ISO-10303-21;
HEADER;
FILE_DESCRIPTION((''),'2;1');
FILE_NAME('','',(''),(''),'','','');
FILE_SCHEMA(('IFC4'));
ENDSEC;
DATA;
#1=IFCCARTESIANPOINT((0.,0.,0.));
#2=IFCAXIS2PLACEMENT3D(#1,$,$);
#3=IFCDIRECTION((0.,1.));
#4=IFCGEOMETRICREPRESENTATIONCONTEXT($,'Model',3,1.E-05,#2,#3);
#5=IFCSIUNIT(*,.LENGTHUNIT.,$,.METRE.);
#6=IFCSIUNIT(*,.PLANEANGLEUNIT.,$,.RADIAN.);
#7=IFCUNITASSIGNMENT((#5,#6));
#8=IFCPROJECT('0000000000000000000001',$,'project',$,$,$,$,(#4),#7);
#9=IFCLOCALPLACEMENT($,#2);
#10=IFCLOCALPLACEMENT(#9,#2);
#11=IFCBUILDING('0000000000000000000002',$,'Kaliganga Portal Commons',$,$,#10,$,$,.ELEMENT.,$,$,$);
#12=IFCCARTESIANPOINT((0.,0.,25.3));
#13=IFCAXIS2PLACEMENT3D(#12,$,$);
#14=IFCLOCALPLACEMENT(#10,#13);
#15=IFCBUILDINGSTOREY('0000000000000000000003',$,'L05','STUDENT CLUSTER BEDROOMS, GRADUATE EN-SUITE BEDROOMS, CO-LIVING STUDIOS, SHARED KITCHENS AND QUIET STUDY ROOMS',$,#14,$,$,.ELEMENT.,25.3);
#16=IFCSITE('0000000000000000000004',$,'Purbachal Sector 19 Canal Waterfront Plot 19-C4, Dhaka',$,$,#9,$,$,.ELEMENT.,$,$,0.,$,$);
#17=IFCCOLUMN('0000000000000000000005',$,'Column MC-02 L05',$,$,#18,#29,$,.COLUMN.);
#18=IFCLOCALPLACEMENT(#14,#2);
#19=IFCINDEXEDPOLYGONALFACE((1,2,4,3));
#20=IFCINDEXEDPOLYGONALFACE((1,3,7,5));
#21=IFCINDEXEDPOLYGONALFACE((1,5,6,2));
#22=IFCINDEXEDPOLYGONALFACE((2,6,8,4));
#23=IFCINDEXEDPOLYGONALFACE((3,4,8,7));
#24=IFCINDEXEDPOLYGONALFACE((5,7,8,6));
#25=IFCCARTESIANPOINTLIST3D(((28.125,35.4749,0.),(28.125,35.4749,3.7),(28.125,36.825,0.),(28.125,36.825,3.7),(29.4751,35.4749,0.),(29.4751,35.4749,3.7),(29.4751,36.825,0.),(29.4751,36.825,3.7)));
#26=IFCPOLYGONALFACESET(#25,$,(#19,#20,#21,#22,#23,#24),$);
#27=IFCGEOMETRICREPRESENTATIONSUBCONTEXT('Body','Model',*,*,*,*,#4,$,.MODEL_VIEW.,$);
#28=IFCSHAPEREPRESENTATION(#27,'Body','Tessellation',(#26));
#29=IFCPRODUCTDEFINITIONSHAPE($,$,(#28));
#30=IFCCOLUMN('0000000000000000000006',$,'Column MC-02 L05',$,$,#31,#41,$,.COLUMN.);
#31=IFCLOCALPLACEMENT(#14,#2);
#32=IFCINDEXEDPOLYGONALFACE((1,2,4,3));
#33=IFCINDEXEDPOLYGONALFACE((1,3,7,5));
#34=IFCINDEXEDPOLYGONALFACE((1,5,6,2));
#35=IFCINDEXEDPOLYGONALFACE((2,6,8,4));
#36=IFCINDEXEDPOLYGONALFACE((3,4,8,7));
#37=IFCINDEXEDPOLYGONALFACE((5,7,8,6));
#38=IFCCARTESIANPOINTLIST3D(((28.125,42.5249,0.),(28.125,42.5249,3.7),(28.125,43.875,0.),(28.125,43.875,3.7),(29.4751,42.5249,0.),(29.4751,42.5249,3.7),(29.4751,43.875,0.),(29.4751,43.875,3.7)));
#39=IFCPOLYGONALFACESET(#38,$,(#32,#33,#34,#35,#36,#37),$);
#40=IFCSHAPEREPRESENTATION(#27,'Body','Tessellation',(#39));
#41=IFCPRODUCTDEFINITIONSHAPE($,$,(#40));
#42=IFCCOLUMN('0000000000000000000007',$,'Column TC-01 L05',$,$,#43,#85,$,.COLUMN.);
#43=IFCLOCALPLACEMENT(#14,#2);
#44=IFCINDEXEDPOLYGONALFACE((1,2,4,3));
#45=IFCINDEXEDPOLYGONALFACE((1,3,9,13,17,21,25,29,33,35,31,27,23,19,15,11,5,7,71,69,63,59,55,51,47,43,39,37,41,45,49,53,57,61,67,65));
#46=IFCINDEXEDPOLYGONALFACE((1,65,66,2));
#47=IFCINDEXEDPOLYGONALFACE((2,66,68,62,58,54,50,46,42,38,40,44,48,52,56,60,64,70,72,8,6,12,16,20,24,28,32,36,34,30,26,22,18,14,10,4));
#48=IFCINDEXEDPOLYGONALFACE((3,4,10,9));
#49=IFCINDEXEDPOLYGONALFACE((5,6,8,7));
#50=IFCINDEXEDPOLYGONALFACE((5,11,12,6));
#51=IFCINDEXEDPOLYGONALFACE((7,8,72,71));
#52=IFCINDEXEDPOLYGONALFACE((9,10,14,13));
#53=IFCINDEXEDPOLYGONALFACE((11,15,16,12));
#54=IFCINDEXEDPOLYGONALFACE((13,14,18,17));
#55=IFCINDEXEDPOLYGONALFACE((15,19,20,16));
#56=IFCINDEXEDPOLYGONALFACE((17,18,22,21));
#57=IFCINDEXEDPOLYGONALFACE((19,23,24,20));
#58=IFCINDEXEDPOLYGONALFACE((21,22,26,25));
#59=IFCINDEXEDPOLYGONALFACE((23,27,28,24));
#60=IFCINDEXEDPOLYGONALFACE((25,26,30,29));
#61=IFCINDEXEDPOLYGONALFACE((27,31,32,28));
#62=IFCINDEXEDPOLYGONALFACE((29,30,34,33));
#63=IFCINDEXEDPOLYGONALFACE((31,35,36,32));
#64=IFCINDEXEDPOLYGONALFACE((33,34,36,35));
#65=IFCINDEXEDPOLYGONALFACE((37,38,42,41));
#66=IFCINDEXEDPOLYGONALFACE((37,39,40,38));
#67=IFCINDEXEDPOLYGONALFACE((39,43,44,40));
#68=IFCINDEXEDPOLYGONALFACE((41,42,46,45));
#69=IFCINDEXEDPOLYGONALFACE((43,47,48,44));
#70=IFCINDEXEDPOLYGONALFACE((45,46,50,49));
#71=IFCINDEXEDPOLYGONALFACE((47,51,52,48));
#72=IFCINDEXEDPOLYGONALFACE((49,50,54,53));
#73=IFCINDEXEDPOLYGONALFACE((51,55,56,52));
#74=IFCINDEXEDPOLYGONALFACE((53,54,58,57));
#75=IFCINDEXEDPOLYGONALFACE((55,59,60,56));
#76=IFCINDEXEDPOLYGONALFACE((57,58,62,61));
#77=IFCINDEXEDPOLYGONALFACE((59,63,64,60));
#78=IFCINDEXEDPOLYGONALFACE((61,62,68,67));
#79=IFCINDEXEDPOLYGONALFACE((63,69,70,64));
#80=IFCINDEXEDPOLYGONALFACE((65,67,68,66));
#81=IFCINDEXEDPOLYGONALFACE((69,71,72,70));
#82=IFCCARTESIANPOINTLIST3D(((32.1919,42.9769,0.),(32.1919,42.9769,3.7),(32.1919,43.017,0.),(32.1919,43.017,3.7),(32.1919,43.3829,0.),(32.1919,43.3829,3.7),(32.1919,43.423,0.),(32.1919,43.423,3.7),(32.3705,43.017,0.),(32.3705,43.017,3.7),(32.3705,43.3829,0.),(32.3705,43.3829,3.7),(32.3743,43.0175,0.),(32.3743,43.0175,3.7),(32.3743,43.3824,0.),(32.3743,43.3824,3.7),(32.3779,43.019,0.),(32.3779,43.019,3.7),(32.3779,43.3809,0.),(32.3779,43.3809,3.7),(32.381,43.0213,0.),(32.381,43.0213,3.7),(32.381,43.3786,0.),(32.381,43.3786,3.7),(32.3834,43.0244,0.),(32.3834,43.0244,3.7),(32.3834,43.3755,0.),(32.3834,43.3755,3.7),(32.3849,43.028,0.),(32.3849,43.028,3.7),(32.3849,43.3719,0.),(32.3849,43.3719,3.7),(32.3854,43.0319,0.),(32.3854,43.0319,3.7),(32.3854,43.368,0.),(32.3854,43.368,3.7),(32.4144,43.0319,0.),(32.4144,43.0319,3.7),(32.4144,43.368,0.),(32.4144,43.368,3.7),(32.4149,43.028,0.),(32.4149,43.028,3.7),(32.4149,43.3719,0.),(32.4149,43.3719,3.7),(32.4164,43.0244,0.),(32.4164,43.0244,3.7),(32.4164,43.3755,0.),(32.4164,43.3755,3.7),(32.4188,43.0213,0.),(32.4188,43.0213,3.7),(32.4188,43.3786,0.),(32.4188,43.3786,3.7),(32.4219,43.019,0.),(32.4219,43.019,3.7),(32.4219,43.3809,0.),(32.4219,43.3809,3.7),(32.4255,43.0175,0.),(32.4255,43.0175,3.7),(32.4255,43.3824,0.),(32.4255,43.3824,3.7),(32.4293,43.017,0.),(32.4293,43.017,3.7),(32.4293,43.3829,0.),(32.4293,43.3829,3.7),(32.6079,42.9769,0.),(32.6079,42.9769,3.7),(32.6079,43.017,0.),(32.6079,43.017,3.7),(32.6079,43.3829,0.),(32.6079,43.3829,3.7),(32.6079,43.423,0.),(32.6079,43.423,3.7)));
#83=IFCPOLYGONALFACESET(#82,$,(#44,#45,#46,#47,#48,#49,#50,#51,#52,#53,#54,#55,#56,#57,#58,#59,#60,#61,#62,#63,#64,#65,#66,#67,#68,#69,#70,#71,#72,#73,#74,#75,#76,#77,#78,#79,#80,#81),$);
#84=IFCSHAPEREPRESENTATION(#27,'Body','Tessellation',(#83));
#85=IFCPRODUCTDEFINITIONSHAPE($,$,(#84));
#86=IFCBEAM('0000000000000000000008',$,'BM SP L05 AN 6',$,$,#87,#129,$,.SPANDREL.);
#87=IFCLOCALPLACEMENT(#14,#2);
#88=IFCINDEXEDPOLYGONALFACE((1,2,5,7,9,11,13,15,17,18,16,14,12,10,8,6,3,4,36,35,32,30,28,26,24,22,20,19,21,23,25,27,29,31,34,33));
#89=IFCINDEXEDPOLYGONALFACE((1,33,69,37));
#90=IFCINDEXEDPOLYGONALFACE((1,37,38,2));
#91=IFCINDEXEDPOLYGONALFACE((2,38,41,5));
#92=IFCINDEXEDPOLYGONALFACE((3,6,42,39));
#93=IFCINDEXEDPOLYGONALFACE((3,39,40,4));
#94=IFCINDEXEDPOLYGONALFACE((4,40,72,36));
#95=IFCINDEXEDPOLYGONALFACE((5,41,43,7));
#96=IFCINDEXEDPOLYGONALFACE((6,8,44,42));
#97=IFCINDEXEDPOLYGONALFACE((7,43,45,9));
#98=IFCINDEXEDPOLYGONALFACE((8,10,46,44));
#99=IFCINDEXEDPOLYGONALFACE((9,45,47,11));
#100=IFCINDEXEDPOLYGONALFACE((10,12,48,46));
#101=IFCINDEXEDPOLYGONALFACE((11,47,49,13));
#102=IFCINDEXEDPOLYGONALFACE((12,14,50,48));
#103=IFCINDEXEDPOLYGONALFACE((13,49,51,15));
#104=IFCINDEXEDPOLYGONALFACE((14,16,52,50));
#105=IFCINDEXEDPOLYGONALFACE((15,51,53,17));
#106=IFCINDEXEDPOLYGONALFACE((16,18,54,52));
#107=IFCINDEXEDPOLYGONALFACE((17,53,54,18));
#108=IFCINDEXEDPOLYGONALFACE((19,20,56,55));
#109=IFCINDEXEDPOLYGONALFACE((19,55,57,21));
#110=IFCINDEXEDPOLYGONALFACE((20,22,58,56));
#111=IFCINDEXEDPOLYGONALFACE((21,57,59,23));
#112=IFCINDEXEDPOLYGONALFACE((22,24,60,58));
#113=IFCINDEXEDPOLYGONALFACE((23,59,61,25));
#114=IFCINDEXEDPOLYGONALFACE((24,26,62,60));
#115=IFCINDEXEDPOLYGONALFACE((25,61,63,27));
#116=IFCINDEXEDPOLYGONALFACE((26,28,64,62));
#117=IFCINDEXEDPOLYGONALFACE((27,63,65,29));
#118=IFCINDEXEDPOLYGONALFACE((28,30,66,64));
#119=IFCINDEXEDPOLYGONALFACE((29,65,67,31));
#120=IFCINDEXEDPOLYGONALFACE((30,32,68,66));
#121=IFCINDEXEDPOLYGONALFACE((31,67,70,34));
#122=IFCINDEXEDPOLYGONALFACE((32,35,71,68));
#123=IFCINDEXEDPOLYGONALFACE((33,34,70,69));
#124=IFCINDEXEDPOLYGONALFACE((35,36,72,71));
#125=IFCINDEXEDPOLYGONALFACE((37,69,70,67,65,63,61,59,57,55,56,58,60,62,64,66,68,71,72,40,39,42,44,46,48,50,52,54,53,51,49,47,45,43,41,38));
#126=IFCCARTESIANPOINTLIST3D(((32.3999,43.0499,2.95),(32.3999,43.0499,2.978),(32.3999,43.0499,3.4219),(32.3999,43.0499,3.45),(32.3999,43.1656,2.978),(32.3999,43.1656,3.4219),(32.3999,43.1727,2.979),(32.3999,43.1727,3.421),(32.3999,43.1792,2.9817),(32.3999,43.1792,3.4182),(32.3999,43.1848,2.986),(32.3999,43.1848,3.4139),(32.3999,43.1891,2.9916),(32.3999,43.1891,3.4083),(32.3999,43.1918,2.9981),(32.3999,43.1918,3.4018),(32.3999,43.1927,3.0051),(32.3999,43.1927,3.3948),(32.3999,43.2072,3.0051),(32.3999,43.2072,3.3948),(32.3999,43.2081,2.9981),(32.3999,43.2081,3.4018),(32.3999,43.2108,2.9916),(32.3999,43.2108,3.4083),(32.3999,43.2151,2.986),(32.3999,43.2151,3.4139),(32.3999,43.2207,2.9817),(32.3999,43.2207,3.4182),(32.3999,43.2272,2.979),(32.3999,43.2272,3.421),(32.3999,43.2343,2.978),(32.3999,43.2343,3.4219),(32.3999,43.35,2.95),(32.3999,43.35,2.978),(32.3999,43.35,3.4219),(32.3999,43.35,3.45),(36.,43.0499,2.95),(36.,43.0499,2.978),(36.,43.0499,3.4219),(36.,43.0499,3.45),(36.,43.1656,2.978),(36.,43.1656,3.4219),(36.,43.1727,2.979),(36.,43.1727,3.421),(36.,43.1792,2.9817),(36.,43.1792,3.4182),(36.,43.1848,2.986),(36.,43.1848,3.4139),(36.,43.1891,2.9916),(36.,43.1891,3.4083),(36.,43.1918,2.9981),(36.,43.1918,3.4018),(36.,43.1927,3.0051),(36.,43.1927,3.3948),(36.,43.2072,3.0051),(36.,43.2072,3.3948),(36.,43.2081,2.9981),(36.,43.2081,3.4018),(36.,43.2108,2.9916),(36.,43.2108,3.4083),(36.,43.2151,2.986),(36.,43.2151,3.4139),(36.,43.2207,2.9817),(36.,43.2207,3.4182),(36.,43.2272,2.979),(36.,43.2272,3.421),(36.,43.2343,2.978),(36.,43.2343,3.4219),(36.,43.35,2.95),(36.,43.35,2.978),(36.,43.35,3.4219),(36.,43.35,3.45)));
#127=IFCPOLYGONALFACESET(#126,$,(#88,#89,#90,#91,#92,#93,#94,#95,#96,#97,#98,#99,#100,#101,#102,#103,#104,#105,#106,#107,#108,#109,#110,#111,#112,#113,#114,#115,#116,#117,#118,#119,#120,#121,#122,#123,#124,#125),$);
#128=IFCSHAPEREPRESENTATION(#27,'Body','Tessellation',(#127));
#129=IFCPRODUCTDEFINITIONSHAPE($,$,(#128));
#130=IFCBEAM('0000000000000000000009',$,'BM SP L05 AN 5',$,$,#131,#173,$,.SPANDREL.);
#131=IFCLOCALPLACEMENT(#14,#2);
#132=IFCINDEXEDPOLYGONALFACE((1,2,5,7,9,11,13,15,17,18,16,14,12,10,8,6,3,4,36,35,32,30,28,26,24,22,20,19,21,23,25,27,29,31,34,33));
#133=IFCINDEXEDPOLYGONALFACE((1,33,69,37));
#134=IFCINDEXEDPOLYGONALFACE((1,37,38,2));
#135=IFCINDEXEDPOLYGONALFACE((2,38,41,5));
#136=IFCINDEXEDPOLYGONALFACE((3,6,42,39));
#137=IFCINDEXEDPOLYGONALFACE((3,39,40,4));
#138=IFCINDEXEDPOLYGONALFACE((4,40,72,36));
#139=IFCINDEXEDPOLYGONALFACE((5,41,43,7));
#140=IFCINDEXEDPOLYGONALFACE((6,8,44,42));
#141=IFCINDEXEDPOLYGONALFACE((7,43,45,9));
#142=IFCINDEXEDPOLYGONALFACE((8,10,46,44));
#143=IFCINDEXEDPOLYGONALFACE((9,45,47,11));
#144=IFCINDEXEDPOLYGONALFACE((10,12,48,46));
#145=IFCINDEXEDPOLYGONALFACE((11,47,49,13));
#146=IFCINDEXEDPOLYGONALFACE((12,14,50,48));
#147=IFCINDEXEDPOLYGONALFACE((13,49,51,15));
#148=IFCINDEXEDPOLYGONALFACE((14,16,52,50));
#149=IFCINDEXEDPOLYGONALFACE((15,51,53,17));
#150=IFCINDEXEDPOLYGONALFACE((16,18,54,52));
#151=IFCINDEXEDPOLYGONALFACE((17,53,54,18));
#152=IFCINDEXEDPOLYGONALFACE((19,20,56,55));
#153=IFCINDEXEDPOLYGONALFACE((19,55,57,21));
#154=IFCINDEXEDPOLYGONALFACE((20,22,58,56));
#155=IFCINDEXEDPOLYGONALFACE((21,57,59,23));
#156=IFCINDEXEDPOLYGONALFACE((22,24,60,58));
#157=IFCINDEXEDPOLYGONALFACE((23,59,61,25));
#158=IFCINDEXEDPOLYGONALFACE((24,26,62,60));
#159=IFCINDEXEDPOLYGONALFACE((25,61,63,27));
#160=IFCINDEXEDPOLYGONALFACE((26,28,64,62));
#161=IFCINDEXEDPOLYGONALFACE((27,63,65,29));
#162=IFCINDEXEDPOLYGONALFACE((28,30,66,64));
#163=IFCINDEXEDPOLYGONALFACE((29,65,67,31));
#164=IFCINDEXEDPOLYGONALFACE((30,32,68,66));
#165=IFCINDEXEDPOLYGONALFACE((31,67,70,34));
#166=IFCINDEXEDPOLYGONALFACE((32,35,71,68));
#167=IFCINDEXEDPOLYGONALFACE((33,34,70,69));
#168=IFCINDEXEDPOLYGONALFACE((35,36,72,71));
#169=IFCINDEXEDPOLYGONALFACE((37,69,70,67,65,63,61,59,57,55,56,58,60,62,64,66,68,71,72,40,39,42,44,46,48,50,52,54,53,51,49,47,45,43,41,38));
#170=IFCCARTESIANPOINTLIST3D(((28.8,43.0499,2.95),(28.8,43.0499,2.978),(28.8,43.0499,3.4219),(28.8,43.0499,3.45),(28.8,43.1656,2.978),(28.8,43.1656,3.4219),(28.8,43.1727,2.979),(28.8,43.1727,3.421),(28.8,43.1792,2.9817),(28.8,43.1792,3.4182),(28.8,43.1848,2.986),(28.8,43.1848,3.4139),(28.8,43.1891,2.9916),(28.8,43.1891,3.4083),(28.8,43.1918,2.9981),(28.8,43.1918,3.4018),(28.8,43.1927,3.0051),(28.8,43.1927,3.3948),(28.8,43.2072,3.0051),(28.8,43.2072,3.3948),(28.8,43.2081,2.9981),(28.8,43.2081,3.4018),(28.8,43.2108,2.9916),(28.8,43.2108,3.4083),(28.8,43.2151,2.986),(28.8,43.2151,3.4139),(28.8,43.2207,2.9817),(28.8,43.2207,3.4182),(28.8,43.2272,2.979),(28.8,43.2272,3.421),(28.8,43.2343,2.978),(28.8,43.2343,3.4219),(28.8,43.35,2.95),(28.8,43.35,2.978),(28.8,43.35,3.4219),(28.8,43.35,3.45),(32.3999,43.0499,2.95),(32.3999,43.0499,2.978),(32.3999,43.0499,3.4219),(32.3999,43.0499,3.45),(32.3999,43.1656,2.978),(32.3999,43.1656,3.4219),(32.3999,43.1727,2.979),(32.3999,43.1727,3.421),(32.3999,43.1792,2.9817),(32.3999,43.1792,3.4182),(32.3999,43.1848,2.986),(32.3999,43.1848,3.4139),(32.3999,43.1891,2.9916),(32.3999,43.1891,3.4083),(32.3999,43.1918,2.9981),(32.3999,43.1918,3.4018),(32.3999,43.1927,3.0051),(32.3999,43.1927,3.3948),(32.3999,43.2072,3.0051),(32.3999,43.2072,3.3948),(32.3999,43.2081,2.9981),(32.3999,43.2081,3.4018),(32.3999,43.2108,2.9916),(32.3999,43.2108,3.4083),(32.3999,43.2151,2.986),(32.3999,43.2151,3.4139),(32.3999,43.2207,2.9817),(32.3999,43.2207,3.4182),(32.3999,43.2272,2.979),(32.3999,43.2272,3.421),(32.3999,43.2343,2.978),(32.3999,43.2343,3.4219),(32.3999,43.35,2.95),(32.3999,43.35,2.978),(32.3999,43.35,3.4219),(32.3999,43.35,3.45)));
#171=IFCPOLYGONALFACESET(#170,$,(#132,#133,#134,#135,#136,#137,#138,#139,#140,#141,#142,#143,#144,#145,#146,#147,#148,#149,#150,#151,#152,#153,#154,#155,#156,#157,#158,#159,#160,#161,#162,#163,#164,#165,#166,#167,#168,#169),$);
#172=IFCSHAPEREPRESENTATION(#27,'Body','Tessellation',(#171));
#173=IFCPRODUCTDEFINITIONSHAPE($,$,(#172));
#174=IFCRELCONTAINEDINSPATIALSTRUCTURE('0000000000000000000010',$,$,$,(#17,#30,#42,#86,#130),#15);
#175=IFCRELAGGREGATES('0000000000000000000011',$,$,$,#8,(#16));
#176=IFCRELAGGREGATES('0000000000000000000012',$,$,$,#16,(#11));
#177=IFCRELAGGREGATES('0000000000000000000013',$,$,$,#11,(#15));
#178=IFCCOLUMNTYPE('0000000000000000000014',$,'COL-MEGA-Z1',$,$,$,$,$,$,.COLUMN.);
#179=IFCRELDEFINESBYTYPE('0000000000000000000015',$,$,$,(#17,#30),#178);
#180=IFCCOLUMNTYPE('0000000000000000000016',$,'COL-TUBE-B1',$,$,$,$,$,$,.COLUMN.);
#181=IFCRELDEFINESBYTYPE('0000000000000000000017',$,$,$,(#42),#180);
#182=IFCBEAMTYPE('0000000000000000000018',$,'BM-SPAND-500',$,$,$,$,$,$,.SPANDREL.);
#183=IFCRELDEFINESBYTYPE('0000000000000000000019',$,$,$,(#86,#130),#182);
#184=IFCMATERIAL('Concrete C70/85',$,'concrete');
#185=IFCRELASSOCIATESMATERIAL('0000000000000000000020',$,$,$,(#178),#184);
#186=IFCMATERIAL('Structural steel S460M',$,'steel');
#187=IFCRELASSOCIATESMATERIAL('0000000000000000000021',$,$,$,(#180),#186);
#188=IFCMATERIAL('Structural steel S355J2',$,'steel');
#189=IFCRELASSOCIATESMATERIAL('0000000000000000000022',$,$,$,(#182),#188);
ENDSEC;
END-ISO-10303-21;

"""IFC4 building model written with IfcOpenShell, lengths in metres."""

from ifc_helpers import new_model, si_unit, direction, frame, origin, origin_2d, place, context, subcontext, project, spatial, rectangle, i_section, extrude, source, transform, mapped, material, material_profile, profile_set, type_object, element, save


model = new_model("IFC4")

# Units and contexts
model_context = context("Model", 3, precision=1e-05, world=origin(), true_north=direction((0.0, 1.0)))
body_context = subcontext(model_context, "Body", "Model", "MODEL_VIEW")
ifc_project = project(units=[si_unit("LENGTHUNIT", "METRE"), si_unit("PLANEANGLEUNIT", "RADIAN")], contexts=[model_context])

# Site, building, storey
site_placement = place(None, origin())
site = spatial("IfcSite", under=ifc_project, at=site_placement, Name="Purbachal Sector 19 Canal Waterfront Plot 19-C4, Dhaka", CompositionType="ELEMENT", RefElevation=0.0)
building_placement = place(site_placement, origin())
building = spatial("IfcBuilding", under=site, at=building_placement, Name="Kaliganga Portal Commons", CompositionType="ELEMENT")
storey_placement = place(building_placement, frame((0.0, 0.0, 25.3)))
storey = spatial("IfcBuildingStorey", under=building, at=storey_placement, Name="L05", Description="STUDENT CLUSTER BEDROOMS, GRADUATE EN-SUITE BEDROOMS, CO-LIVING STUDIOS, SHARED KITCHENS AND QUIET STUDY ROOMS", CompositionType="ELEMENT", Elevation=25.3)

# Columns
ifc_material_1 = material(Name="Concrete C70/85", Category="concrete")
ifc_material_profile_1 = material_profile(ifc_material_1, rectangle(XDim=1.3501, YDim=1.3501, at=origin_2d()), Name="RC 1350x1350")
ifc_profile_set_1 = profile_set([ifc_material_profile_1], Name="Concrete C70/85")
column_type_1 = type_object("IfcColumnType", Name="COL-MEGA-Z1", PredefinedType="COLUMN", material=ifc_profile_set_1)
shared_shape_1 = source(origin(), body_context, "Body", "SweptSolid", [
    extrude(rectangle(XDim=1.3501, YDim=1.3501, at=origin_2d()), origin(), (0.0, 0.0, 1.0), 3.7),
])
for number, where, z_axis, x_axis, name in (
    (1, (28.8, 36.1499, 0.0), (0.0, 0.0, 1.0), (1.0, 0.0, 0.0), "Column MC-02 L05"),
    (2, (28.8, 43.2, 0.0), (0.0, 0.0, 1.0), (1.0, 0.0, 0.0), "Column MC-02 L05"),
):
    element("IfcColumn", number, at=place(storey_placement, frame(where, z_axis=z_axis, x_axis=x_axis)), inside=storey, type_object=column_type_1, Name=name, PredefinedType="COLUMN", context=body_context, shape_type="MappedRepresentation", body=[
        mapped(shared_shape_1, transform((0.0, 0.0, 0.0), x_axis=(1.0, 0.0, 0.0), y_axis=(0.0, 1.0, 0.0), z_axis=(0.0, 0.0, 1.0), scale=1.0)),
    ])
ifc_material_2 = material(Name="Structural steel S460M", Category="steel")
ifc_material_profile_2 = material_profile(ifc_material_2, i_section(OverallWidth=0.416, OverallDepth=0.446, WebThickness=0.0291, FlangeThickness=0.04, FilletRadius=0.0149, at=origin_2d()), Name="HD 400x509")
ifc_profile_set_2 = profile_set([ifc_material_profile_2], Name="Structural steel S460M wide-flange")
column_type_2 = type_object("IfcColumnType", Name="COL-TUBE-B1", PredefinedType="COLUMN", material=ifc_profile_set_2)
shared_shape_2 = source(origin(), body_context, "Body", "SweptSolid", [
    extrude(i_section(OverallWidth=0.416, OverallDepth=0.446, WebThickness=0.0291, FlangeThickness=0.04, FilletRadius=0.0149, at=origin_2d()), origin(), (0.0, 0.0, 1.0), 3.7),
])
column_placement = place(storey_placement, frame((32.3999, 43.2, 0.0), z_axis=(0.0, 0.0, 1.0), x_axis=(1.0, 0.0, 0.0)))
element("IfcColumn", 3, at=column_placement, inside=storey, type_object=column_type_2, Name="Column TC-01 L05", PredefinedType="COLUMN", context=body_context, shape_type="MappedRepresentation", body=[
    mapped(shared_shape_2, transform((0.0, 0.0, 0.0), x_axis=(1.0, 0.0, 0.0), y_axis=(0.0, 1.0, 0.0), z_axis=(0.0, 0.0, 1.0), scale=1.0)),
])

# Beams
ifc_material_3 = material(Name="Structural steel S355J2", Category="steel")
ifc_material_profile_3 = material_profile(ifc_material_3, i_section(OverallWidth=0.3, OverallDepth=0.5, WebThickness=0.0144, FlangeThickness=0.0281, FilletRadius=0.0271, at=origin_2d()), Name="HE 500 B")
ifc_profile_set_3 = profile_set([ifc_material_profile_3], Name="Structural steel S355J2 wide-flange")
beam_type_1 = type_object("IfcBeamType", Name="BM-SPAND-500", PredefinedType="SPANDREL", material=ifc_profile_set_3)
shared_shape_3 = source(origin(), body_context, "Body", "SweptSolid", [
    extrude(i_section(OverallWidth=0.3, OverallDepth=0.5, WebThickness=0.0144, FlangeThickness=0.0281, FilletRadius=0.0271, at=origin_2d()), origin(), (0.0, 0.0, 1.0), 3.6001),
])
beam_1_placement = place(storey_placement, frame((32.3999, 43.2, 3.2), z_axis=(1.0, 0.0, 0.0), x_axis=(0.0, 1.0, 0.0)))
element("IfcBeam", 4, at=beam_1_placement, inside=storey, type_object=beam_type_1, Name="BM SP L05 AN 6", PredefinedType="SPANDREL", context=body_context, shape_type="MappedRepresentation", body=[
    mapped(shared_shape_3, transform((0.0, 0.0, 0.0), x_axis=(1.0, 0.0, 0.0), y_axis=(0.0, 1.0, 0.0), z_axis=(0.0, 0.0, 1.0), scale=1.0)),
])
shared_shape_4 = source(origin(), body_context, "Body", "SweptSolid", [
    extrude(i_section(OverallWidth=0.3, OverallDepth=0.5, WebThickness=0.0144, FlangeThickness=0.0281, FilletRadius=0.0271, at=origin_2d()), origin(), (0.0, 0.0, 1.0), 3.5999),
])
beam_2_placement = place(storey_placement, frame((28.8, 43.2, 3.2), z_axis=(1.0, 0.0, 0.0), x_axis=(0.0, 1.0, 0.0)))
element("IfcBeam", 5, at=beam_2_placement, inside=storey, type_object=beam_type_1, Name="BM SP L05 AN 5", PredefinedType="SPANDREL", context=body_context, shape_type="MappedRepresentation", body=[
    mapped(shared_shape_4, transform((0.0, 0.0, 0.0), x_axis=(1.0, 0.0, 0.0), y_axis=(0.0, 1.0, 0.0), z_axis=(0.0, 0.0, 1.0), scale=1.0)),
])

save(model, "model.ifc")
